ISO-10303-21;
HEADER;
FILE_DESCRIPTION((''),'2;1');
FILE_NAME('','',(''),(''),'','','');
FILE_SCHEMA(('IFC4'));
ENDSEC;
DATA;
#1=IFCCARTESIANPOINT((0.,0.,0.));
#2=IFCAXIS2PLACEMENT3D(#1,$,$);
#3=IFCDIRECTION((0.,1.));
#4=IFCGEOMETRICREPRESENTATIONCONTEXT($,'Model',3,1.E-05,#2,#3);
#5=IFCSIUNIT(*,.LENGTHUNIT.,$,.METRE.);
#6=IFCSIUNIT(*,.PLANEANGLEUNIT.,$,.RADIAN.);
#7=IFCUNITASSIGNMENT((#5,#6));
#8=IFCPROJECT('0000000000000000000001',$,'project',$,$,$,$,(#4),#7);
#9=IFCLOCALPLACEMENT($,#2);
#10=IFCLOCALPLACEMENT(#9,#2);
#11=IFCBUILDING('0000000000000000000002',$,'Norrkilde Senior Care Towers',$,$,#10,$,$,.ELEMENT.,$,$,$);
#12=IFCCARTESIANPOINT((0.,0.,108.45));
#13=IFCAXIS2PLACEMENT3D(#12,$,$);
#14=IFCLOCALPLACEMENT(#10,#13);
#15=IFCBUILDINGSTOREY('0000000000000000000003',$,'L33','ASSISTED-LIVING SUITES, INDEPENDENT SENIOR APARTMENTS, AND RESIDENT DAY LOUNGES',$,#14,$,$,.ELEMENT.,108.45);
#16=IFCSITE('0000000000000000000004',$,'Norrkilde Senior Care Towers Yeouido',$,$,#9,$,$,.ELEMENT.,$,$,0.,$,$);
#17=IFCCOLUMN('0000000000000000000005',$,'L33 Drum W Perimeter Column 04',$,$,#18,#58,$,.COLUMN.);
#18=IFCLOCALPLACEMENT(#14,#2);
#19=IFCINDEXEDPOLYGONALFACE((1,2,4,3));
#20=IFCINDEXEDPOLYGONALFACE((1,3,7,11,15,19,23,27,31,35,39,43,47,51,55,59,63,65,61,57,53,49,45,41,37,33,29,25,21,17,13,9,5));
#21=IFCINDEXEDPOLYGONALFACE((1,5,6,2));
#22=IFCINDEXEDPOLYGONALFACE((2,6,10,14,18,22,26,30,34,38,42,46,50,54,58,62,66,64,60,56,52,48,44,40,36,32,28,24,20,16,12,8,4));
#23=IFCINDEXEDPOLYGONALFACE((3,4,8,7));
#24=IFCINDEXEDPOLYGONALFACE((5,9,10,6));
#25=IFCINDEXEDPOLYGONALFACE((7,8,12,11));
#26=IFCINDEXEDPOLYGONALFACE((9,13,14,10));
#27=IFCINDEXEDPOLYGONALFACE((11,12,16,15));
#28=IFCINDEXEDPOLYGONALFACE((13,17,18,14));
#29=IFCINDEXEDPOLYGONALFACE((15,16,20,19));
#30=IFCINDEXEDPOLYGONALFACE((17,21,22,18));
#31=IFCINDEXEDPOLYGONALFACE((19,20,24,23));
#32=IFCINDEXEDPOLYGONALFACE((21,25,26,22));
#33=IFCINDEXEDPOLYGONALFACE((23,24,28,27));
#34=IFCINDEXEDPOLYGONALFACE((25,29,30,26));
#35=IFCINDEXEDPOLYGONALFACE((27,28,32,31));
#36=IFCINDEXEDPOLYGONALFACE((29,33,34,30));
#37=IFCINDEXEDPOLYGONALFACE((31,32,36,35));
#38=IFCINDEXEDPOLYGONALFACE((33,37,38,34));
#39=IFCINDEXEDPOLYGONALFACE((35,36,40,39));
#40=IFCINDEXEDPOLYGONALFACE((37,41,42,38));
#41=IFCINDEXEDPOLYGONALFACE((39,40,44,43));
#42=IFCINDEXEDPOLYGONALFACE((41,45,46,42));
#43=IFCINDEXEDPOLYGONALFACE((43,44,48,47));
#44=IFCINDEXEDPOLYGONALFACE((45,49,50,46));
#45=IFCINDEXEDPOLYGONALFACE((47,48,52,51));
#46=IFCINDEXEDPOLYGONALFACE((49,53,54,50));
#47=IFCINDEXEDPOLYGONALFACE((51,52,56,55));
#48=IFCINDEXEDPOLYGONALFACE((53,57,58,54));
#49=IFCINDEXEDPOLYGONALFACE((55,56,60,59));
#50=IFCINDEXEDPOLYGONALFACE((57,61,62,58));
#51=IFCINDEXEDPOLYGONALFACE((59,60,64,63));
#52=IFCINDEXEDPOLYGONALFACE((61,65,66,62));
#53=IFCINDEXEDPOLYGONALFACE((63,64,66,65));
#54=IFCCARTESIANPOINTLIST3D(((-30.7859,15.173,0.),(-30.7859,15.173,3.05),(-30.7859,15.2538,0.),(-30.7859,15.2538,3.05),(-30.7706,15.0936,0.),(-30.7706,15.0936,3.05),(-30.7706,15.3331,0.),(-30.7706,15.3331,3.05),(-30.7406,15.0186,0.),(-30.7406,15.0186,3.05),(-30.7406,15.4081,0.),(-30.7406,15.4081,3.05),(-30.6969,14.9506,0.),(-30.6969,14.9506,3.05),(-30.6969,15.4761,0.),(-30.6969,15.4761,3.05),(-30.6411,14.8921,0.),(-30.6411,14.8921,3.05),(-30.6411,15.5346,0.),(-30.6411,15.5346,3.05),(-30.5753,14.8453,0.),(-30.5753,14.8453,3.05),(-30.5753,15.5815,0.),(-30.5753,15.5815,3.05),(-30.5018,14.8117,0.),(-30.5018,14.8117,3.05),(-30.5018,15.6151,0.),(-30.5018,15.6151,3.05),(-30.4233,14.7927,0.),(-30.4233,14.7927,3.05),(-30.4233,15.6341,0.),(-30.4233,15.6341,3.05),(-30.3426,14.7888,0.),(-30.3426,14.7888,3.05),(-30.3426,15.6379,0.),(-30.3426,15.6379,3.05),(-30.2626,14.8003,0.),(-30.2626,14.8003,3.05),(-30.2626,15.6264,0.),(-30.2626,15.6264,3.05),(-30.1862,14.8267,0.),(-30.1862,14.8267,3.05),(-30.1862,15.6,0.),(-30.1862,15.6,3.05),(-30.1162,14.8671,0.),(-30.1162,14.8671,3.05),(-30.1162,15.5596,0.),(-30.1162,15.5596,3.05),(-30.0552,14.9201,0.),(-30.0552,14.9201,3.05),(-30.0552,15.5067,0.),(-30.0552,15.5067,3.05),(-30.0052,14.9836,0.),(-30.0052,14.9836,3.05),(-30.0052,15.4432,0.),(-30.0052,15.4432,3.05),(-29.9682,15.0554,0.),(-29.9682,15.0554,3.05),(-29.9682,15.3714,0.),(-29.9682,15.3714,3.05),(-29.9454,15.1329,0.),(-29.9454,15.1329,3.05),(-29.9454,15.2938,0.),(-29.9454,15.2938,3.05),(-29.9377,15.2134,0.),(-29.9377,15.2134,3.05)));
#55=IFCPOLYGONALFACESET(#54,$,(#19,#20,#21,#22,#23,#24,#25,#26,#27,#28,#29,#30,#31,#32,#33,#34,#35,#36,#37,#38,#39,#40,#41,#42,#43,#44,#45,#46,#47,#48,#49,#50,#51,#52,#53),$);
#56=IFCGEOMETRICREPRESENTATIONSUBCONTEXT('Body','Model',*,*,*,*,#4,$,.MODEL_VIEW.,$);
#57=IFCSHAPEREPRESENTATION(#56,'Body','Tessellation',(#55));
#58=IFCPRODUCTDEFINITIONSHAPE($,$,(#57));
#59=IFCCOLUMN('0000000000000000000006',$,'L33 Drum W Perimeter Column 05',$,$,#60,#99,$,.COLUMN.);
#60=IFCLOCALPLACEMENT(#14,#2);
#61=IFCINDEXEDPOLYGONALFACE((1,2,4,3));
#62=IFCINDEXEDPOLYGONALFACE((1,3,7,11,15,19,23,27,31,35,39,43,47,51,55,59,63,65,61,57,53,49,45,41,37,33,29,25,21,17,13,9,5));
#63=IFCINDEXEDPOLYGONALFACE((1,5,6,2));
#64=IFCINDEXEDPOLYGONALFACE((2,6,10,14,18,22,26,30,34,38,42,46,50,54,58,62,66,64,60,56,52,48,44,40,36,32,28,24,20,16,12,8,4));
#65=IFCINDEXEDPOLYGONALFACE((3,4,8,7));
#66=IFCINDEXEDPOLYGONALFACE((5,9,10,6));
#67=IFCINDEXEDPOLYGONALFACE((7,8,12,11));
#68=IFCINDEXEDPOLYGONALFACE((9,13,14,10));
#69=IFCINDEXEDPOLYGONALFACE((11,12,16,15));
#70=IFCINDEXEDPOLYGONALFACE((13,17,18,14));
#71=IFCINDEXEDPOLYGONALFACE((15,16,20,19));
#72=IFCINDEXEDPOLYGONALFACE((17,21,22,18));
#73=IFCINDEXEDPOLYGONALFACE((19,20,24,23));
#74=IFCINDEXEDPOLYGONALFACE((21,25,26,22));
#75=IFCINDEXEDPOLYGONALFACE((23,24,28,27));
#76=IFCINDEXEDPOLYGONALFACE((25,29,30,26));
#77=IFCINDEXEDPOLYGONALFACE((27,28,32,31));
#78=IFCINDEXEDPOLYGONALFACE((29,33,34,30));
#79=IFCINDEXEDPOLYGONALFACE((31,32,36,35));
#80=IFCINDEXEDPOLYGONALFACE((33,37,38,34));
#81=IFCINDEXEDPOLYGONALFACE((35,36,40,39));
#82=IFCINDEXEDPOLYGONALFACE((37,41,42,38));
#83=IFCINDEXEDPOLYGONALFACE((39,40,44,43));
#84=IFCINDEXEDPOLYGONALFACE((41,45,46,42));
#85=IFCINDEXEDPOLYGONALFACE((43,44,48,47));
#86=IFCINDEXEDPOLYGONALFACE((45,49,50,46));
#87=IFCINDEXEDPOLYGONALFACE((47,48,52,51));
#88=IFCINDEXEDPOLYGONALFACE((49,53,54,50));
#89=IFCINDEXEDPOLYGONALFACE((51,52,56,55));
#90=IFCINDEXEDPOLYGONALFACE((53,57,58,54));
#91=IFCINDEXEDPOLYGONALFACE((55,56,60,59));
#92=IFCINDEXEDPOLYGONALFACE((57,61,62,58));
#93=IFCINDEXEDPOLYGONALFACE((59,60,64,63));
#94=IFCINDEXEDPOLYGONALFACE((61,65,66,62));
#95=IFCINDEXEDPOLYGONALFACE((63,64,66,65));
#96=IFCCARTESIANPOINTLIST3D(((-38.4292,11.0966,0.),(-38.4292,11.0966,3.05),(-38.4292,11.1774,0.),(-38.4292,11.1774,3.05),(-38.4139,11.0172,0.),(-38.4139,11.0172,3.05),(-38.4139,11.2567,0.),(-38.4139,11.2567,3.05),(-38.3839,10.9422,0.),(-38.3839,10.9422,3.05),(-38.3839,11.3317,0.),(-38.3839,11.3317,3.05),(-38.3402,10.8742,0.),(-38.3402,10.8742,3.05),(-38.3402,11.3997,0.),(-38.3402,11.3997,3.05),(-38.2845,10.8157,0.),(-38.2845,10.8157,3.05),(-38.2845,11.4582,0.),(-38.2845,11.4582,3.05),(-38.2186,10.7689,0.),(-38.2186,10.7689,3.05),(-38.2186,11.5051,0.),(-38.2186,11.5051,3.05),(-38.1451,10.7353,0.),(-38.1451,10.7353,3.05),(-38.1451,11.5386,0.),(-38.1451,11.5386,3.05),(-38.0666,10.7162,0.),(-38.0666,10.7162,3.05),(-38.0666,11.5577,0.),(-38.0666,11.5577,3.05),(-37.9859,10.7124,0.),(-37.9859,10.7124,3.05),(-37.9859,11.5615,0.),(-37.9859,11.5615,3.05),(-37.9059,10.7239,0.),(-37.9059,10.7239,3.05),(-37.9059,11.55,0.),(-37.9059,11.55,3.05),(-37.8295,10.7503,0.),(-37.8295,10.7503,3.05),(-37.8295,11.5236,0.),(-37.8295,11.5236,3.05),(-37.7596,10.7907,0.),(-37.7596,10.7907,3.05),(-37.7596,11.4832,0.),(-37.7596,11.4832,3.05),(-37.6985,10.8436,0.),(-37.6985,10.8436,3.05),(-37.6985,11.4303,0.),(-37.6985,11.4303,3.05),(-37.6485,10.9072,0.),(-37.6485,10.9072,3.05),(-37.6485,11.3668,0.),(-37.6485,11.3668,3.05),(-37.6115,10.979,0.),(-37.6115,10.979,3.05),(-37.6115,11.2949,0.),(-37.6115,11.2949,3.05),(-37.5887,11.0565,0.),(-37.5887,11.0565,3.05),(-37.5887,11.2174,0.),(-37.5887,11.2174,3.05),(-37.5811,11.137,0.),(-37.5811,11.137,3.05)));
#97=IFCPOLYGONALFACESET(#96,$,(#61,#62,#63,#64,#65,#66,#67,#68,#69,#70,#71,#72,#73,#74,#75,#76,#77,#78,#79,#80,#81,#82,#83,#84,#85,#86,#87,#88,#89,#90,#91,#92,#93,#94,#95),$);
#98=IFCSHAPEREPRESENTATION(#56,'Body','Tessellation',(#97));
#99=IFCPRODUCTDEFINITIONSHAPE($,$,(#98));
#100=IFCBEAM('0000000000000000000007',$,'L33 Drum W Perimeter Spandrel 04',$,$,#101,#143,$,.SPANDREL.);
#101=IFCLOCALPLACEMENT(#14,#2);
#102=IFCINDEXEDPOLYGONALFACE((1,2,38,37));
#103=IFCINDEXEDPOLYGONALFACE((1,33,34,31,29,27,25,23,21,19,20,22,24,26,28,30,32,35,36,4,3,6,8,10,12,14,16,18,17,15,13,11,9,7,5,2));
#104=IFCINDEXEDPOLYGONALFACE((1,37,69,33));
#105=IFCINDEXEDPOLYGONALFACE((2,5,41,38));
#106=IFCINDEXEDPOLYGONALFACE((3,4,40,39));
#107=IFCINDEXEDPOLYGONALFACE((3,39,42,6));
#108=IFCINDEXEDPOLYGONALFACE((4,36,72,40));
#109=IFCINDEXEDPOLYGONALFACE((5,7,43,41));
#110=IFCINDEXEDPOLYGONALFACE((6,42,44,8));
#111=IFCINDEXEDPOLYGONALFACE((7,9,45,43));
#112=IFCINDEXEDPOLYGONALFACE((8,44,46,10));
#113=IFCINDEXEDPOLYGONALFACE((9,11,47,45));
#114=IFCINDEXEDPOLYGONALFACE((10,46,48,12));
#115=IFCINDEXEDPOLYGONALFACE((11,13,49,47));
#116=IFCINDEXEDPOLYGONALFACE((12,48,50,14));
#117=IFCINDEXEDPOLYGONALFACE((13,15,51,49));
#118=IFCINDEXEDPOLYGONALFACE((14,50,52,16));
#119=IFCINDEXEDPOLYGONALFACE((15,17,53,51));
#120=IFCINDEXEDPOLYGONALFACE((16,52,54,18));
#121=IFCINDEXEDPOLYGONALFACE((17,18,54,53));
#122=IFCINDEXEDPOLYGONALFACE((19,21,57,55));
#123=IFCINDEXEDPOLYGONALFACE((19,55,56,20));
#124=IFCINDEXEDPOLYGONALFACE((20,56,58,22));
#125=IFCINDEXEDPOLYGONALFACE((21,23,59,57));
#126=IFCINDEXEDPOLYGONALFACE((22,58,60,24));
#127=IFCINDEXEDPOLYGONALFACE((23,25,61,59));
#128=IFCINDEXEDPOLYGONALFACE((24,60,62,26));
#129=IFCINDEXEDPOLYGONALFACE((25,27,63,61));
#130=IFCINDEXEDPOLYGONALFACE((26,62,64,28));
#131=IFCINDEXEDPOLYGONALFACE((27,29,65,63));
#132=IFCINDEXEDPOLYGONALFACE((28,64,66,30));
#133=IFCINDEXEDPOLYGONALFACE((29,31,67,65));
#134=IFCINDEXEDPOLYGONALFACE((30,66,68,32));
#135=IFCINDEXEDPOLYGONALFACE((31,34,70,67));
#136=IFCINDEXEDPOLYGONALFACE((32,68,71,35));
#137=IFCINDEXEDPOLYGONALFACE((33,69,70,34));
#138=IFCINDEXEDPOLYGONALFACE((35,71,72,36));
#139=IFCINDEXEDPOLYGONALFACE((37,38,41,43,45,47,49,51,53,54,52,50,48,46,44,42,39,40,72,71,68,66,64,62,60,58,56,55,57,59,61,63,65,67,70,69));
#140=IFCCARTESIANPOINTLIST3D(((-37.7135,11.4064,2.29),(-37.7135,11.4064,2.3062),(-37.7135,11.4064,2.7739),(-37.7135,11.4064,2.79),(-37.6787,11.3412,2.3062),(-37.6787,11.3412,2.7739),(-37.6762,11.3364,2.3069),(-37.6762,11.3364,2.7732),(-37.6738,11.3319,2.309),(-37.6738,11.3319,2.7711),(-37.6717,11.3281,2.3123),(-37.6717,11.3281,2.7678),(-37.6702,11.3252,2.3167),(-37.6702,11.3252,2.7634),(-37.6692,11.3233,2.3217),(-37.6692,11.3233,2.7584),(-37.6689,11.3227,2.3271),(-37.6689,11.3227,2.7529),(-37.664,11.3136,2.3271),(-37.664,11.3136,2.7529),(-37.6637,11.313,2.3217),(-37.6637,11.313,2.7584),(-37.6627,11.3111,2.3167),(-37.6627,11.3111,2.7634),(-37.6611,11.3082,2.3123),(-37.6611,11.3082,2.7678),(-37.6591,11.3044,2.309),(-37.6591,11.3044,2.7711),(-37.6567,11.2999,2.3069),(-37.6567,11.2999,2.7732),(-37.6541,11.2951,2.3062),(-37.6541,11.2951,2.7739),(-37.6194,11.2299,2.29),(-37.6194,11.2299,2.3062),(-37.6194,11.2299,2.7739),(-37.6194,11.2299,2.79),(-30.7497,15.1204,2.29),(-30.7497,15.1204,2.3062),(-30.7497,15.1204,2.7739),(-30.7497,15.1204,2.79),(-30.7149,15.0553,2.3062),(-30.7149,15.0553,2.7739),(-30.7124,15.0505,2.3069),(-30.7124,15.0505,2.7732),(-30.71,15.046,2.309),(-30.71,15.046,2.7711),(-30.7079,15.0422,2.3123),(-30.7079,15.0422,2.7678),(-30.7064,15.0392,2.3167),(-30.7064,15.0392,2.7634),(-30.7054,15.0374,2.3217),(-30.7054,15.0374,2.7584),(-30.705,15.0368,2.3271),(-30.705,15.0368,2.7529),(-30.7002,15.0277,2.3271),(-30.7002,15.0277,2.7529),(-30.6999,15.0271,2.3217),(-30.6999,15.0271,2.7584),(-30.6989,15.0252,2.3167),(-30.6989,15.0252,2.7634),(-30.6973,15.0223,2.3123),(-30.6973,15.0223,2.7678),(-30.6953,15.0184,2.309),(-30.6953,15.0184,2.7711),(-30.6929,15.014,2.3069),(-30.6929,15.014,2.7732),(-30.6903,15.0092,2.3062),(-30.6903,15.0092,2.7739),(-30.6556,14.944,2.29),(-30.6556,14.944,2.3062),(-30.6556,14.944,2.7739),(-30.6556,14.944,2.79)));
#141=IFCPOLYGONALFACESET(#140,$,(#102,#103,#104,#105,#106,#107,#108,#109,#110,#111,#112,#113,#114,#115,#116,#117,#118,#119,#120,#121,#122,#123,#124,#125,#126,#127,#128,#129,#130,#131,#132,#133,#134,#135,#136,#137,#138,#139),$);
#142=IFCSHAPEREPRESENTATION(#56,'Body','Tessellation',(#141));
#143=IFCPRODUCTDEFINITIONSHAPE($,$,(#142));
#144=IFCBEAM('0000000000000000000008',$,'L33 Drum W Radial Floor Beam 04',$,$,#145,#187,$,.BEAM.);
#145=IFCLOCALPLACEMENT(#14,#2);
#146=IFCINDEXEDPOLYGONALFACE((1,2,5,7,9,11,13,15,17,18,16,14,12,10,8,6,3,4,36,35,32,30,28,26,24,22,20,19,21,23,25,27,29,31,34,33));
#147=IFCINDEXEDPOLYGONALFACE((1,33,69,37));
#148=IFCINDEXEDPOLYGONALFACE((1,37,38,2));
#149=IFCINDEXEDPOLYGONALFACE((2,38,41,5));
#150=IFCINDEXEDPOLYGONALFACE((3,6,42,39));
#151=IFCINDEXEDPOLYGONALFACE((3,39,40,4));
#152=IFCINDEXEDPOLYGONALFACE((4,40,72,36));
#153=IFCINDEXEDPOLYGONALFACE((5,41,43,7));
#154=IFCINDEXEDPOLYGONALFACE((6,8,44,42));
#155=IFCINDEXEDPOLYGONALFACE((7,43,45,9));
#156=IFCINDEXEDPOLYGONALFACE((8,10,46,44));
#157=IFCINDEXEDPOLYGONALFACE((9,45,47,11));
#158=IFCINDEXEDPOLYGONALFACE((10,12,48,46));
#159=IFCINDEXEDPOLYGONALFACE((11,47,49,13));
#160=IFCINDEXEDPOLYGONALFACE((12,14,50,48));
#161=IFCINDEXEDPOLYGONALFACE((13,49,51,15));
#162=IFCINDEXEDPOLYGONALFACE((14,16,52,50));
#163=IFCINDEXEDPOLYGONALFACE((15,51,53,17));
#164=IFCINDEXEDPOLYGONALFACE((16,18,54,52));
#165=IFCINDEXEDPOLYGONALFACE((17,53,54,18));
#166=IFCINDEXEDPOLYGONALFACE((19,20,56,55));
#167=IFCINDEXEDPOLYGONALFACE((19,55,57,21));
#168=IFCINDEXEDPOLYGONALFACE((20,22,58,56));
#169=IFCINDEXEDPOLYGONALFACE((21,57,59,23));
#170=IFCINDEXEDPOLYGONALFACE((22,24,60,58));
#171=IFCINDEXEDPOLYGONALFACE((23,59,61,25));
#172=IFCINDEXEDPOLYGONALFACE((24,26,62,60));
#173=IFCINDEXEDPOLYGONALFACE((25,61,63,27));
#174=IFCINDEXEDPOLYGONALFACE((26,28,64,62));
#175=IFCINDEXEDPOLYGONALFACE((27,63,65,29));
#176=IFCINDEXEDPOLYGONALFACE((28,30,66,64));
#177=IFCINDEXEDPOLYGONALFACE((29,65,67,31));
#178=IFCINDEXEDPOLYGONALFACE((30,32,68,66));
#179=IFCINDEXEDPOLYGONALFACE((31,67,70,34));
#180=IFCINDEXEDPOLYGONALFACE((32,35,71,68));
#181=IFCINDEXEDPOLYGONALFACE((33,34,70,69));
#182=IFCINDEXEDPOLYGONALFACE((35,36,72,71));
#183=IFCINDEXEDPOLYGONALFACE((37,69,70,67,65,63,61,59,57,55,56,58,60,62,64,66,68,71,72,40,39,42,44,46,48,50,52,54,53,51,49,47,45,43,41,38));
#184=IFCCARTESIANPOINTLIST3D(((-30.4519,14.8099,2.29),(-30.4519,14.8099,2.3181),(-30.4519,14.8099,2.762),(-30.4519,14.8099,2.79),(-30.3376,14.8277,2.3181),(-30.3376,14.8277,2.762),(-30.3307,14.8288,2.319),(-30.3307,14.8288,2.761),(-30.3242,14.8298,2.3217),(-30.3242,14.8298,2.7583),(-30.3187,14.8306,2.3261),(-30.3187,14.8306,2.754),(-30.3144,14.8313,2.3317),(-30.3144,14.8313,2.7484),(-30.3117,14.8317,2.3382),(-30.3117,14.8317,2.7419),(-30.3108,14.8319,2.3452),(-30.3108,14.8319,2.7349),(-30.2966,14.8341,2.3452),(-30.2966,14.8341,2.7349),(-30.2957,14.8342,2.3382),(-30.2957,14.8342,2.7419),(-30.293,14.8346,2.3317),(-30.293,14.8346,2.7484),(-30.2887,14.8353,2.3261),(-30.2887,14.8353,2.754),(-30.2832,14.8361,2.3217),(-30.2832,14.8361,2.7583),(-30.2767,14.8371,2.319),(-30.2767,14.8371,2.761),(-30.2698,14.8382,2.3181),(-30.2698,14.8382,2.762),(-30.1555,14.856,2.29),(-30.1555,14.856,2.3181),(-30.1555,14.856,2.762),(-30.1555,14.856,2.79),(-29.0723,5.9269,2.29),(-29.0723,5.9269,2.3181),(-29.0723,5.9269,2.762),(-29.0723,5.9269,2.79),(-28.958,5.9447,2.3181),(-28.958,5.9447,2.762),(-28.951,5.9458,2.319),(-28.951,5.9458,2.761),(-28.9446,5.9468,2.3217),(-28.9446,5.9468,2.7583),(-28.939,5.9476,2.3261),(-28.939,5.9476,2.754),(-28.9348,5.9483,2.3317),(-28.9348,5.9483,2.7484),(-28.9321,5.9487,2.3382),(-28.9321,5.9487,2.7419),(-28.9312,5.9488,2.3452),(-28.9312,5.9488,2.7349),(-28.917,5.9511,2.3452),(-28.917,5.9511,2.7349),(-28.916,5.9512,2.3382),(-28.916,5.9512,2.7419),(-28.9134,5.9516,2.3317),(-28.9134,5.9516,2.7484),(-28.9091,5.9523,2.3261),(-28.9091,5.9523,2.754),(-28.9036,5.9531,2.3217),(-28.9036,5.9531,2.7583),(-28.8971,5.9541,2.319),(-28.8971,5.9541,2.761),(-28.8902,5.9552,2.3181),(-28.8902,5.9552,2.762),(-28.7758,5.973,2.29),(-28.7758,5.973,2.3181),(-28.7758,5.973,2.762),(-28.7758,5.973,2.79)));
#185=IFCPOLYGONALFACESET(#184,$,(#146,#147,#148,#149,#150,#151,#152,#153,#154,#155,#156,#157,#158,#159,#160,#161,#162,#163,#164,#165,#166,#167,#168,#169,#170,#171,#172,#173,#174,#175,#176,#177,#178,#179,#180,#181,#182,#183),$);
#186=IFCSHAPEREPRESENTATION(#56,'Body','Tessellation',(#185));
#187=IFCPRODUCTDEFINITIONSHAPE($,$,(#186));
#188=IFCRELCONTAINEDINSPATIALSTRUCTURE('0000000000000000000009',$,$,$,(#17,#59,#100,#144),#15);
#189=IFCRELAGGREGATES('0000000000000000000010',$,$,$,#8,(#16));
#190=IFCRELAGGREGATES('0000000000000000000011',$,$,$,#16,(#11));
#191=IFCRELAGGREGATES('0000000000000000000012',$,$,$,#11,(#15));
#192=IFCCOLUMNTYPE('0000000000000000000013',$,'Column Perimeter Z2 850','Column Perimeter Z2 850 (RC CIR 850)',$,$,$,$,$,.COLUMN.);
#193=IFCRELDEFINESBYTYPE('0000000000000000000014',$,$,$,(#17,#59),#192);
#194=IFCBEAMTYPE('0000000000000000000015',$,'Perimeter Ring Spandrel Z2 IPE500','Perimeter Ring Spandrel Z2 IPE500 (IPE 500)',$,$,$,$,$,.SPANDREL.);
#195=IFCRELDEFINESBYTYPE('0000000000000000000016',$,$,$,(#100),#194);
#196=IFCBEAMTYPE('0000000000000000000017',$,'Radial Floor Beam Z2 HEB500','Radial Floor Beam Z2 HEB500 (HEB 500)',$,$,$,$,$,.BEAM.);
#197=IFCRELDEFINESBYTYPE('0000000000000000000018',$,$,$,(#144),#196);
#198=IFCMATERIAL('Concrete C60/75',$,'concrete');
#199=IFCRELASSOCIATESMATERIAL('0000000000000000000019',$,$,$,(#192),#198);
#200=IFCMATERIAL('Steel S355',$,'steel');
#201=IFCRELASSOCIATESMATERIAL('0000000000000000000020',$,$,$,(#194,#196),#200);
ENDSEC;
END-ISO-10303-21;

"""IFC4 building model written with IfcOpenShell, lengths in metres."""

from ifc_helpers import new_model, si_unit, direction, frame, origin, origin_2d, place, context, subcontext, project, spatial, circle, i_section, extrude, source, transform, mapped, material, material_profile, profile_set, type_object, type_shapes, element, save


model = new_model("IFC4")

# Units and contexts
model_context = context("Model", 3, precision=1e-05, world=origin(), true_north=direction((0.0, 1.0)))
body_context = subcontext(model_context, "Body", "Model", "MODEL_VIEW")
ifc_project = project(units=[si_unit("LENGTHUNIT", "METRE"), si_unit("PLANEANGLEUNIT", "RADIAN")], contexts=[model_context])

# Site, building, storey
site_placement = place(None, origin())
site = spatial("IfcSite", under=ifc_project, at=site_placement, Name="Norrkilde Senior Care Towers Yeouido", CompositionType="ELEMENT", RefElevation=0.0)
building_placement = place(site_placement, origin())
building = spatial("IfcBuilding", under=site, at=building_placement, Name="Norrkilde Senior Care Towers", CompositionType="ELEMENT")
storey_placement = place(building_placement, frame((0.0, 0.0, 108.45)))
storey = spatial("IfcBuildingStorey", under=building, at=storey_placement, Name="L33", Description="ASSISTED-LIVING SUITES, INDEPENDENT SENIOR APARTMENTS, AND RESIDENT DAY LOUNGES", CompositionType="ELEMENT", Elevation=108.45)

# Columns
ifc_material_1 = material(Name="Concrete C60/75", Category="concrete")
ifc_material_profile_1 = material_profile(ifc_material_1, circle(Radius=0.425, at=origin_2d()), Name="RC CIR 850")
ifc_profile_set_1 = profile_set([ifc_material_profile_1], Name="Concrete C60/75")
column_type = type_object("IfcColumnType", Name="Column Perimeter Z2 850", Description="Column Perimeter Z2 850 (RC CIR 850)", PredefinedType="COLUMN", material=ifc_profile_set_1)
shared_shape_1 = source(origin(), body_context, "Body", "SweptSolid", [
    extrude(circle(Radius=0.425, at=origin_2d()), origin(), (0.0, 0.0, 1.0), 3.05),
])
type_shapes(column_type, [shared_shape_1])
for number, where, z_axis, x_axis, name in (
    (1, (-30.3628, 15.2134, 0.0), (0.0, 0.0, 1.0), (1.0, 0.0, 0.0), "L33 Drum W Perimeter Column 04"),
    (2, (-38.0061, 11.137, 0.0), (0.0, 0.0, 1.0), (1.0, 0.0, 0.0), "L33 Drum W Perimeter Column 05"),
):
    element("IfcColumn", number, at=place(storey_placement, frame(where, z_axis=z_axis, x_axis=x_axis)), inside=storey, type_object=column_type, Name=name, PredefinedType="COLUMN", context=body_context, shape_type="MappedRepresentation", body=[
        mapped(shared_shape_1, transform((0.0, 0.0, 0.0), x_axis=(1.0, 0.0, 0.0), y_axis=(0.0, 1.0, 0.0), z_axis=(0.0, 0.0, 1.0), scale=1.0)),
    ])

# Beams
ifc_material_2 = material(Name="Steel S355", Category="steel")
ifc_material_profile_2 = material_profile(ifc_material_2, i_section(OverallWidth=0.2, OverallDepth=0.5, WebThickness=0.0103, FlangeThickness=0.0161, FilletRadius=0.021, at=origin_2d()), Name="IPE 500")
ifc_profile_set_2 = profile_set([ifc_material_profile_2], Name="Steel S355")
beam_type_1 = type_object("IfcBeamType", Name="Perimeter Ring Spandrel Z2 IPE500", Description="Perimeter Ring Spandrel Z2 IPE500 (IPE 500)", PredefinedType="SPANDREL", material=ifc_profile_set_2)
shared_shape_2 = source(origin(), body_context, "Body", "SweptSolid", [
    extrude(i_section(OverallWidth=0.2, OverallDepth=0.5, WebThickness=0.0103, FlangeThickness=0.0161, FilletRadius=0.021, at=origin_2d()), origin(), (0.0, 0.0, 1.0), 7.8923),
])
beam_1_placement = place(storey_placement, frame((-30.7026, 15.0322, 2.54), z_axis=(-0.88235, -0.470593, 0.0), x_axis=(0.470593, -0.88235, 0.0)))
element("IfcBeam", 3, at=beam_1_placement, inside=storey, type_object=beam_type_1, Name="L33 Drum W Perimeter Spandrel 04", PredefinedType="SPANDREL", context=body_context, shape_type="MappedRepresentation", body=[
    mapped(shared_shape_2, transform((0.0, 0.0, 0.0), x_axis=(1.0, 0.0, 0.0), y_axis=(0.0, 1.0, 0.0), z_axis=(0.0, 0.0, 1.0), scale=1.0)),
])
ifc_material_profile_3 = material_profile(ifc_material_2, i_section(OverallWidth=0.3, OverallDepth=0.5, WebThickness=0.0144, FlangeThickness=0.0281, FilletRadius=0.0271, at=origin_2d()), Name="HEB 500")
ifc_profile_set_3 = profile_set([ifc_material_profile_3], Name="Steel S355")
beam_type_2 = type_object("IfcBeamType", Name="Radial Floor Beam Z2 HEB500", Description="Radial Floor Beam Z2 HEB500 (HEB 500)", PredefinedType="BEAM", material=ifc_profile_set_3)
shared_shape_3 = source(origin(), body_context, "Body", "SweptSolid", [
    extrude(i_section(OverallWidth=0.3, OverallDepth=0.5, WebThickness=0.0144, FlangeThickness=0.0281, FilletRadius=0.0271, at=origin_2d()), origin(), (0.0, 0.0, 1.0), 8.9895),
])
beam_2_placement = place(storey_placement, frame((-28.9241, 5.95, 2.54), z_axis=(-0.153471, 0.988153, 0.0), x_axis=(-0.988153, -0.153471, 0.0)))
element("IfcBeam", 4, at=beam_2_placement, inside=storey, type_object=beam_type_2, Name="L33 Drum W Radial Floor Beam 04", PredefinedType="BEAM", context=body_context, shape_type="MappedRepresentation", body=[
    mapped(shared_shape_3, transform((0.0, 0.0, 0.0), x_axis=(1.0, 0.0, 0.0), y_axis=(0.0, 1.0, 0.0), z_axis=(0.0, 0.0, 1.0), scale=1.0)),
])

save(model, "model.ifc")
